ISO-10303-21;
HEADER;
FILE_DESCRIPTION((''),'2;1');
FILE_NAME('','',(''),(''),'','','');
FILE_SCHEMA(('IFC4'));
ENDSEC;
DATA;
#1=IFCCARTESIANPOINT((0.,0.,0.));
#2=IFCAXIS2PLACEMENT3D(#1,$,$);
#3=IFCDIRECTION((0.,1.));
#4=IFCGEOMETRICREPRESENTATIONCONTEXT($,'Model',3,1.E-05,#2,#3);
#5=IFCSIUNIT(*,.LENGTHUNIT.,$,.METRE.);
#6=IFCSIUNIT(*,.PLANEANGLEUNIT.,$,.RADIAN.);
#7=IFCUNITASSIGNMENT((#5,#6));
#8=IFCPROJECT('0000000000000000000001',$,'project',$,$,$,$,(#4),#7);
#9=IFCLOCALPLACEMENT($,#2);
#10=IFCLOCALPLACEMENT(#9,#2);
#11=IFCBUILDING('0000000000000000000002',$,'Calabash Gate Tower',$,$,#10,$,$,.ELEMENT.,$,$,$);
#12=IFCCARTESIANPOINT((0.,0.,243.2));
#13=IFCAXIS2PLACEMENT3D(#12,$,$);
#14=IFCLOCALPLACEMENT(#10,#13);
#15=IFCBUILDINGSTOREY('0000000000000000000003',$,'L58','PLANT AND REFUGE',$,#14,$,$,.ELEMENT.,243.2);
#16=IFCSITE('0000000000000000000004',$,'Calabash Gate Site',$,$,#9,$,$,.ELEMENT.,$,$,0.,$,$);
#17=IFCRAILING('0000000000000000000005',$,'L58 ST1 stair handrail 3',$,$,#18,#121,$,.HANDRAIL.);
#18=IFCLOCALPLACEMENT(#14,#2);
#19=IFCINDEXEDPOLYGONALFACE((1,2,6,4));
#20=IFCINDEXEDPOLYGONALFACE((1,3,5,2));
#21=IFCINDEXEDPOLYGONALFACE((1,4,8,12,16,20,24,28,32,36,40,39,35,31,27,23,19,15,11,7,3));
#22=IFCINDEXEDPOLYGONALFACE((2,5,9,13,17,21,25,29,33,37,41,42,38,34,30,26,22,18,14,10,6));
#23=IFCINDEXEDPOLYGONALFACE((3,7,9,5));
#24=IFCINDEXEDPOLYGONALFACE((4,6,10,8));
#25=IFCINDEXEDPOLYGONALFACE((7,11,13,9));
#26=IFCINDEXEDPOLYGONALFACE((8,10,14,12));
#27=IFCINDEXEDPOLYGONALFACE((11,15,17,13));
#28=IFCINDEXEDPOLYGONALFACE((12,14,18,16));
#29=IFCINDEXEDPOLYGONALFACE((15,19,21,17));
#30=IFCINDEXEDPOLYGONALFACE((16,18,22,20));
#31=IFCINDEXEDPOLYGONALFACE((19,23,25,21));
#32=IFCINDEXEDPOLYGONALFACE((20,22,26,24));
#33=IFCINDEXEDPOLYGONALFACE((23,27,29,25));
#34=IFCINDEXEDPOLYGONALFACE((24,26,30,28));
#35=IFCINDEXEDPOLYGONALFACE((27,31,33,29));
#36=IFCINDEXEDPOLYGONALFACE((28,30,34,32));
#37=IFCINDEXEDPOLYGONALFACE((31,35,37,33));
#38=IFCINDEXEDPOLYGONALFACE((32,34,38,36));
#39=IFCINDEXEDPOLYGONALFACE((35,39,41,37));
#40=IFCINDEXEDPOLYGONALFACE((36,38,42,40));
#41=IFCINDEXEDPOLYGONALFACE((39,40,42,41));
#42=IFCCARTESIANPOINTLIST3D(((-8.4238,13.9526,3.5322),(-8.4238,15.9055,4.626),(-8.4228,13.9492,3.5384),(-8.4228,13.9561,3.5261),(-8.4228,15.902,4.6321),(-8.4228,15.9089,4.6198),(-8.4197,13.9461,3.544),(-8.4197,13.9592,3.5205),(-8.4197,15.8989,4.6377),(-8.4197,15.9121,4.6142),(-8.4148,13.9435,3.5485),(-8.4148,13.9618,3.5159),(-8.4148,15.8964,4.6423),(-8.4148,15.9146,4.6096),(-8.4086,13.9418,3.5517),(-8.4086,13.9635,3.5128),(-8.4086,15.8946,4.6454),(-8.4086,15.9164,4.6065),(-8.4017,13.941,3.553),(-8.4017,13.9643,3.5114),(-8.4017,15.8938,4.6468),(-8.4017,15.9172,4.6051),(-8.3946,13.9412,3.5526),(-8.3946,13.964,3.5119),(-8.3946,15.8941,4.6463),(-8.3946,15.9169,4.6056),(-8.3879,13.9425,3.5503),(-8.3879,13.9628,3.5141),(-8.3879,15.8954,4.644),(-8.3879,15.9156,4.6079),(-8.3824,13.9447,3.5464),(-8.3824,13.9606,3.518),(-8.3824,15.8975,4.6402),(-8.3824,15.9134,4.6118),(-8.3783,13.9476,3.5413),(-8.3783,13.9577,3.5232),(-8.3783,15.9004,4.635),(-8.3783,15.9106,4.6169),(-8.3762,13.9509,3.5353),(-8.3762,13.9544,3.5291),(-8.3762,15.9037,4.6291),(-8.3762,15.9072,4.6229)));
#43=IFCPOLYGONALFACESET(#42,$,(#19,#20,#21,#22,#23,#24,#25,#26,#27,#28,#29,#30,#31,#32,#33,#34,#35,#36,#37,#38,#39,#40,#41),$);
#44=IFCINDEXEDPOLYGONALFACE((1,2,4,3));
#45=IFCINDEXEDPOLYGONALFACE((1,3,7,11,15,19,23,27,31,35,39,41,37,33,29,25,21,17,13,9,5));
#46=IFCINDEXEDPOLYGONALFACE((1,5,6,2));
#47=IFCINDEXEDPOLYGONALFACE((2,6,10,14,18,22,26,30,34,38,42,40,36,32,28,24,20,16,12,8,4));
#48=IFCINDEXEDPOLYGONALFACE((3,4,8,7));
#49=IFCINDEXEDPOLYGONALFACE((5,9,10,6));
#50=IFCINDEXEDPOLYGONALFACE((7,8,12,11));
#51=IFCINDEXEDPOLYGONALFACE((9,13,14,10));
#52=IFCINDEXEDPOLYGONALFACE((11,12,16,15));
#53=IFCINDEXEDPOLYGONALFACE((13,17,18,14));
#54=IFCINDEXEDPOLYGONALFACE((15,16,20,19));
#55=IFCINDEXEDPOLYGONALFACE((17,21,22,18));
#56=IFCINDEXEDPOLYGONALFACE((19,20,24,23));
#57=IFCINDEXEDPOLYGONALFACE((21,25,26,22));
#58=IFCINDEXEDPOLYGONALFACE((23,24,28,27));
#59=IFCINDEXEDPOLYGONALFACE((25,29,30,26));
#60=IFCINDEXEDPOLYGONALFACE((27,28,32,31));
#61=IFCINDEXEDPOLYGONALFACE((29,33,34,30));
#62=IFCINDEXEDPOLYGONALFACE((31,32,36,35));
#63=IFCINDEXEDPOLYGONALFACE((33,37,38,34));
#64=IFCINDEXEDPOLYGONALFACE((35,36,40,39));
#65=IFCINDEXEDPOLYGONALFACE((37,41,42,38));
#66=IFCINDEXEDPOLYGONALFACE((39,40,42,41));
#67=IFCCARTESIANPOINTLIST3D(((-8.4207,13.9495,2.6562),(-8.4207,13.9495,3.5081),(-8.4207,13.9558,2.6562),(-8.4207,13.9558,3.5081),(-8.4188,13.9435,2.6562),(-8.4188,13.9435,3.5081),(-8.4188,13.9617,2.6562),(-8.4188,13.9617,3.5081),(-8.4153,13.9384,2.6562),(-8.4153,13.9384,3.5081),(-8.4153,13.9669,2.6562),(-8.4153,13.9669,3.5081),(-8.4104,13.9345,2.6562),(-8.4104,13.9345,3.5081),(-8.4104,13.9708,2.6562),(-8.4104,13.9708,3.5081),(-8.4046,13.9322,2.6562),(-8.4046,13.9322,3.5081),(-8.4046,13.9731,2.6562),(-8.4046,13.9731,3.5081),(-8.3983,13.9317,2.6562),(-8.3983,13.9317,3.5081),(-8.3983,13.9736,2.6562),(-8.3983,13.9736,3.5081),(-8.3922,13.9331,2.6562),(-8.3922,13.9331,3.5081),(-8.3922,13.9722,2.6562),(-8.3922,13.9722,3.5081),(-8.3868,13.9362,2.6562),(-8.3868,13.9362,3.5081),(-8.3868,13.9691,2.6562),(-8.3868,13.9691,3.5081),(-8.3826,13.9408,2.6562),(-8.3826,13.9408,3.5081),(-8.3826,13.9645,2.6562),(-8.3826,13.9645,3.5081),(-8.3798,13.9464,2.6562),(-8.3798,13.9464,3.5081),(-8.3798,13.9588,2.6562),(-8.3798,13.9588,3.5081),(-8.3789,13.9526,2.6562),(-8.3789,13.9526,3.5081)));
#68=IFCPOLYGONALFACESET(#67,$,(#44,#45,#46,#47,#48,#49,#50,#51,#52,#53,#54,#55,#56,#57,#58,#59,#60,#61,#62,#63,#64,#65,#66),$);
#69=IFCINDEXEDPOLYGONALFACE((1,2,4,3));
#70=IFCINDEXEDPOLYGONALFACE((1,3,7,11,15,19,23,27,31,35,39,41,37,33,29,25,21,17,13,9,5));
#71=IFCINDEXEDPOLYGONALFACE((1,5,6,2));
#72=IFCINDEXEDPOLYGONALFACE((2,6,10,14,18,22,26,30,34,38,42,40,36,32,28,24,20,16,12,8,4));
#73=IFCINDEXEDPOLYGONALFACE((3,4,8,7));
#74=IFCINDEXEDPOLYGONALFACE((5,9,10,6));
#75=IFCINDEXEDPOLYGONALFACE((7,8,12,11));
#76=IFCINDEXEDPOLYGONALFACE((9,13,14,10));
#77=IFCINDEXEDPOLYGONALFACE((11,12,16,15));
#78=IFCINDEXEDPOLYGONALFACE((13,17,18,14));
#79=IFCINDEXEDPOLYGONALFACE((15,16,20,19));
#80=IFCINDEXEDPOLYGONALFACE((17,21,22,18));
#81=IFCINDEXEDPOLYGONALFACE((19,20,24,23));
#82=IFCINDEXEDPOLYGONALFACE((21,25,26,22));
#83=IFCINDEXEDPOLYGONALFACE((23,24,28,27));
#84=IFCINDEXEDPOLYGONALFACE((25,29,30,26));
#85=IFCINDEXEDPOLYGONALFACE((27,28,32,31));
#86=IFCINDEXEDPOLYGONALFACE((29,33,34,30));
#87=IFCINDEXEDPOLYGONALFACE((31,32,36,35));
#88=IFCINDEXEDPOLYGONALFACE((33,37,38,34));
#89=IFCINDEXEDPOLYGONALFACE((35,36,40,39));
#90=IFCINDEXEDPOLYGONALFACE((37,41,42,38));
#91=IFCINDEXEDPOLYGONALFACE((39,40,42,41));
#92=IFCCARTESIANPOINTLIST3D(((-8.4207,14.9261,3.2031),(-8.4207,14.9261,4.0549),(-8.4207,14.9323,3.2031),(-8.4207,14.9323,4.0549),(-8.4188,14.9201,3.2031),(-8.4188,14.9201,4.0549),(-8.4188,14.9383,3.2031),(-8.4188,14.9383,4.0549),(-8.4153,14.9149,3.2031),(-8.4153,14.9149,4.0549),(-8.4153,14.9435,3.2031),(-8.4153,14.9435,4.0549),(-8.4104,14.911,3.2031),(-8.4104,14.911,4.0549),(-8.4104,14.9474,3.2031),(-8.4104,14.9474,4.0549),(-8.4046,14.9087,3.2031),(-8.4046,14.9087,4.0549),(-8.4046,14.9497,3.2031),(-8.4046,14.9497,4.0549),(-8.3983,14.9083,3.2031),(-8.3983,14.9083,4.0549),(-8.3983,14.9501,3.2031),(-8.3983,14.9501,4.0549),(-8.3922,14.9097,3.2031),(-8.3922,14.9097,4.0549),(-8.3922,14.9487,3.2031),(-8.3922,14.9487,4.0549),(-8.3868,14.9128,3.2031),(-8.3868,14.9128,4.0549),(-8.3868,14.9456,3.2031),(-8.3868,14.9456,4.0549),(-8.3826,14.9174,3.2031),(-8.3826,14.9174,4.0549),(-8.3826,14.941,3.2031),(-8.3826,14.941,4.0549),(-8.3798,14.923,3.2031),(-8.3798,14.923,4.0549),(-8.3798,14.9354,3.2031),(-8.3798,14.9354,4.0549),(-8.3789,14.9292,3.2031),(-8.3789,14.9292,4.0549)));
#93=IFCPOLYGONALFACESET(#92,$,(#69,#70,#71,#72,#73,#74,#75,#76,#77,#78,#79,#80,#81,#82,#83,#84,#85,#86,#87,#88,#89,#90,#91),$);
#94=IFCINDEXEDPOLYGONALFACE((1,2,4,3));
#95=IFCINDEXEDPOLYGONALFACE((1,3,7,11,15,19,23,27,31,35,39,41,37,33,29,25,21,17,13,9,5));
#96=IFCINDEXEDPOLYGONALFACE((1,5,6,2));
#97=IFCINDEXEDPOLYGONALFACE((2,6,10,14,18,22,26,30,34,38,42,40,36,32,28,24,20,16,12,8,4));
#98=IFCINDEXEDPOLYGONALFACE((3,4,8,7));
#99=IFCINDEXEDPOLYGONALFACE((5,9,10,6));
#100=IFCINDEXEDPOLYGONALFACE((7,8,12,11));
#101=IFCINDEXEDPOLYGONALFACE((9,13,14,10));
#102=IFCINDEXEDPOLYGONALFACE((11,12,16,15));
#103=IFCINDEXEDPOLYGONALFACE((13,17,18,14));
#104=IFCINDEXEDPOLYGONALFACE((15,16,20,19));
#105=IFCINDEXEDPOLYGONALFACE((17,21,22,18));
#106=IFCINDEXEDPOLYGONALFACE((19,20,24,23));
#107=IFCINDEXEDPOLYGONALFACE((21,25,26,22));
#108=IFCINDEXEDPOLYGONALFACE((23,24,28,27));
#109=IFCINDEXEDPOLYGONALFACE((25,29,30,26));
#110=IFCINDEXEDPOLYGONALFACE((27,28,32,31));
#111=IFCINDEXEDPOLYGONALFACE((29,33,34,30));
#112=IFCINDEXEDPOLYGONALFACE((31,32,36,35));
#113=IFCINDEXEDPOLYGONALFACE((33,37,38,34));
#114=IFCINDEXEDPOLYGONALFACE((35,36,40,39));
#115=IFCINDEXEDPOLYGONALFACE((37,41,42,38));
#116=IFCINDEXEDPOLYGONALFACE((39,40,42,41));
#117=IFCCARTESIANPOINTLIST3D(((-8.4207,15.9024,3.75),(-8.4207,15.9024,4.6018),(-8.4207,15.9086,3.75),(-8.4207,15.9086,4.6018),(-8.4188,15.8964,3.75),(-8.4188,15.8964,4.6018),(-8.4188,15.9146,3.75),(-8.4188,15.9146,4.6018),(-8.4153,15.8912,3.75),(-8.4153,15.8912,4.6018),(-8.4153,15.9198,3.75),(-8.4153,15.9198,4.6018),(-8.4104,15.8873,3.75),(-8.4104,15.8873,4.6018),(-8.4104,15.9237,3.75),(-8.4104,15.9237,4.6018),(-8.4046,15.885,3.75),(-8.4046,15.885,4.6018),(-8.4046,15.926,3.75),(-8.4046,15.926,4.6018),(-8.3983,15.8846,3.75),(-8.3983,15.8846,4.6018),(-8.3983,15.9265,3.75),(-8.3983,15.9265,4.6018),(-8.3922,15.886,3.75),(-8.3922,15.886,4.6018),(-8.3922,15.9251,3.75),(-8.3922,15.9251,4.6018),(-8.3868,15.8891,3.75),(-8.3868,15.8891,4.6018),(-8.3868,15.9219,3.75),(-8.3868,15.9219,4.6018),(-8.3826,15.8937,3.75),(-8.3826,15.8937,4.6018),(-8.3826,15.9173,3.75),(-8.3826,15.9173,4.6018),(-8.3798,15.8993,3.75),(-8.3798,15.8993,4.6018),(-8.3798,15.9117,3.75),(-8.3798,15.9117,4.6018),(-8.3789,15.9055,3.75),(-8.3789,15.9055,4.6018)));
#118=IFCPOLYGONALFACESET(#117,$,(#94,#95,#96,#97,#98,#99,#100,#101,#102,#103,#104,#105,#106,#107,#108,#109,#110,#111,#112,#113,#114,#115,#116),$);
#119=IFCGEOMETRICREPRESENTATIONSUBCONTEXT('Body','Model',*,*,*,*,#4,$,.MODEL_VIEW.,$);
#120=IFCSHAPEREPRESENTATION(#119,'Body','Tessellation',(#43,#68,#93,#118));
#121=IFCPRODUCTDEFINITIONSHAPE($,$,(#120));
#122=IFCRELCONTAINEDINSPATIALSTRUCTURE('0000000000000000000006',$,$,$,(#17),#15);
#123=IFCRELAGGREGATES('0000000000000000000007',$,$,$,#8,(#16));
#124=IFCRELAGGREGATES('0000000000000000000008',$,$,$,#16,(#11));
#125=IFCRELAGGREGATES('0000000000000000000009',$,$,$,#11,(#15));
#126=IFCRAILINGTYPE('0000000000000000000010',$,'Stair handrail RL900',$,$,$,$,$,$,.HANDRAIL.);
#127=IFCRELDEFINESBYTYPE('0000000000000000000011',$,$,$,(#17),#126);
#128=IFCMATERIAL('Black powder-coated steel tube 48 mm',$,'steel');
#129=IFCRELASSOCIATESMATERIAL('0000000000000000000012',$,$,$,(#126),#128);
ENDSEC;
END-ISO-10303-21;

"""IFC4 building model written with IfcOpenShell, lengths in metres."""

from ifc_helpers import new_model, si_unit, direction, frame, origin, origin_2d, place, context, subcontext, project, spatial, circle, extrude, material, type_object, element, save


model = new_model("IFC4")

# Units and contexts
model_context = context("Model", 3, precision=1e-05, world=origin(), true_north=direction((0.0, 1.0)))
body_context = subcontext(model_context, "Body", "Model", "MODEL_VIEW")
ifc_project = project(units=[si_unit("LENGTHUNIT", "METRE"), si_unit("PLANEANGLEUNIT", "RADIAN")], contexts=[model_context])

# Site, building, storey
site_placement = place(None, origin())
site = spatial("IfcSite", under=ifc_project, at=site_placement, Name="Calabash Gate Site", CompositionType="ELEMENT", RefElevation=0.0)
building_placement = place(site_placement, origin())
building = spatial("IfcBuilding", under=site, at=building_placement, Name="Calabash Gate Tower", CompositionType="ELEMENT")
storey_placement = place(building_placement, frame((0.0, 0.0, 243.2)))
storey = spatial("IfcBuildingStorey", under=building, at=storey_placement, Name="L58", Description="PLANT AND REFUGE", CompositionType="ELEMENT", Elevation=243.2)

# Railing
ifc_material_1 = material(Name="Black powder-coated steel tube 48 mm", Category="steel")
railing_type_1 = type_object("IfcRailingType", Name="Stair handrail RL900", PredefinedType="HANDRAIL", material=ifc_material_1)
railing_1_placement = place(storey_placement, frame((-8.3999, 13.9526, 2.6562)))
element("IfcRailing", 1, at=railing_1_placement, inside=storey, type_object=railing_type_1, Name="L58 ST1 stair handrail 3", PredefinedType="HANDRAIL", context=body_context, shape_type="SweptSolid", body=[
    extrude(circle(Radius=0.0239, at=origin_2d()), frame((0.0, 0.0, 0.876), z_axis=(0.0, 0.87248, 0.48865), x_axis=(-1.0, 0.0, 0.0)), (0.0, 0.0, 1.0), 2.2383),
    extrude(circle(Radius=0.021, at=origin_2d()), origin(), (0.0, 0.0, 1.0), 0.8518),
    extrude(circle(Radius=0.021, at=origin_2d()), frame((0.0, 0.9766, 0.5469)), (0.0, 0.0, 1.0), 0.8518),
    extrude(circle(Radius=0.021, at=origin_2d()), frame((0.0, 1.9529, 1.0938)), (0.0, 0.0, 1.0), 0.8518),
])

save(model, "model.ifc")
